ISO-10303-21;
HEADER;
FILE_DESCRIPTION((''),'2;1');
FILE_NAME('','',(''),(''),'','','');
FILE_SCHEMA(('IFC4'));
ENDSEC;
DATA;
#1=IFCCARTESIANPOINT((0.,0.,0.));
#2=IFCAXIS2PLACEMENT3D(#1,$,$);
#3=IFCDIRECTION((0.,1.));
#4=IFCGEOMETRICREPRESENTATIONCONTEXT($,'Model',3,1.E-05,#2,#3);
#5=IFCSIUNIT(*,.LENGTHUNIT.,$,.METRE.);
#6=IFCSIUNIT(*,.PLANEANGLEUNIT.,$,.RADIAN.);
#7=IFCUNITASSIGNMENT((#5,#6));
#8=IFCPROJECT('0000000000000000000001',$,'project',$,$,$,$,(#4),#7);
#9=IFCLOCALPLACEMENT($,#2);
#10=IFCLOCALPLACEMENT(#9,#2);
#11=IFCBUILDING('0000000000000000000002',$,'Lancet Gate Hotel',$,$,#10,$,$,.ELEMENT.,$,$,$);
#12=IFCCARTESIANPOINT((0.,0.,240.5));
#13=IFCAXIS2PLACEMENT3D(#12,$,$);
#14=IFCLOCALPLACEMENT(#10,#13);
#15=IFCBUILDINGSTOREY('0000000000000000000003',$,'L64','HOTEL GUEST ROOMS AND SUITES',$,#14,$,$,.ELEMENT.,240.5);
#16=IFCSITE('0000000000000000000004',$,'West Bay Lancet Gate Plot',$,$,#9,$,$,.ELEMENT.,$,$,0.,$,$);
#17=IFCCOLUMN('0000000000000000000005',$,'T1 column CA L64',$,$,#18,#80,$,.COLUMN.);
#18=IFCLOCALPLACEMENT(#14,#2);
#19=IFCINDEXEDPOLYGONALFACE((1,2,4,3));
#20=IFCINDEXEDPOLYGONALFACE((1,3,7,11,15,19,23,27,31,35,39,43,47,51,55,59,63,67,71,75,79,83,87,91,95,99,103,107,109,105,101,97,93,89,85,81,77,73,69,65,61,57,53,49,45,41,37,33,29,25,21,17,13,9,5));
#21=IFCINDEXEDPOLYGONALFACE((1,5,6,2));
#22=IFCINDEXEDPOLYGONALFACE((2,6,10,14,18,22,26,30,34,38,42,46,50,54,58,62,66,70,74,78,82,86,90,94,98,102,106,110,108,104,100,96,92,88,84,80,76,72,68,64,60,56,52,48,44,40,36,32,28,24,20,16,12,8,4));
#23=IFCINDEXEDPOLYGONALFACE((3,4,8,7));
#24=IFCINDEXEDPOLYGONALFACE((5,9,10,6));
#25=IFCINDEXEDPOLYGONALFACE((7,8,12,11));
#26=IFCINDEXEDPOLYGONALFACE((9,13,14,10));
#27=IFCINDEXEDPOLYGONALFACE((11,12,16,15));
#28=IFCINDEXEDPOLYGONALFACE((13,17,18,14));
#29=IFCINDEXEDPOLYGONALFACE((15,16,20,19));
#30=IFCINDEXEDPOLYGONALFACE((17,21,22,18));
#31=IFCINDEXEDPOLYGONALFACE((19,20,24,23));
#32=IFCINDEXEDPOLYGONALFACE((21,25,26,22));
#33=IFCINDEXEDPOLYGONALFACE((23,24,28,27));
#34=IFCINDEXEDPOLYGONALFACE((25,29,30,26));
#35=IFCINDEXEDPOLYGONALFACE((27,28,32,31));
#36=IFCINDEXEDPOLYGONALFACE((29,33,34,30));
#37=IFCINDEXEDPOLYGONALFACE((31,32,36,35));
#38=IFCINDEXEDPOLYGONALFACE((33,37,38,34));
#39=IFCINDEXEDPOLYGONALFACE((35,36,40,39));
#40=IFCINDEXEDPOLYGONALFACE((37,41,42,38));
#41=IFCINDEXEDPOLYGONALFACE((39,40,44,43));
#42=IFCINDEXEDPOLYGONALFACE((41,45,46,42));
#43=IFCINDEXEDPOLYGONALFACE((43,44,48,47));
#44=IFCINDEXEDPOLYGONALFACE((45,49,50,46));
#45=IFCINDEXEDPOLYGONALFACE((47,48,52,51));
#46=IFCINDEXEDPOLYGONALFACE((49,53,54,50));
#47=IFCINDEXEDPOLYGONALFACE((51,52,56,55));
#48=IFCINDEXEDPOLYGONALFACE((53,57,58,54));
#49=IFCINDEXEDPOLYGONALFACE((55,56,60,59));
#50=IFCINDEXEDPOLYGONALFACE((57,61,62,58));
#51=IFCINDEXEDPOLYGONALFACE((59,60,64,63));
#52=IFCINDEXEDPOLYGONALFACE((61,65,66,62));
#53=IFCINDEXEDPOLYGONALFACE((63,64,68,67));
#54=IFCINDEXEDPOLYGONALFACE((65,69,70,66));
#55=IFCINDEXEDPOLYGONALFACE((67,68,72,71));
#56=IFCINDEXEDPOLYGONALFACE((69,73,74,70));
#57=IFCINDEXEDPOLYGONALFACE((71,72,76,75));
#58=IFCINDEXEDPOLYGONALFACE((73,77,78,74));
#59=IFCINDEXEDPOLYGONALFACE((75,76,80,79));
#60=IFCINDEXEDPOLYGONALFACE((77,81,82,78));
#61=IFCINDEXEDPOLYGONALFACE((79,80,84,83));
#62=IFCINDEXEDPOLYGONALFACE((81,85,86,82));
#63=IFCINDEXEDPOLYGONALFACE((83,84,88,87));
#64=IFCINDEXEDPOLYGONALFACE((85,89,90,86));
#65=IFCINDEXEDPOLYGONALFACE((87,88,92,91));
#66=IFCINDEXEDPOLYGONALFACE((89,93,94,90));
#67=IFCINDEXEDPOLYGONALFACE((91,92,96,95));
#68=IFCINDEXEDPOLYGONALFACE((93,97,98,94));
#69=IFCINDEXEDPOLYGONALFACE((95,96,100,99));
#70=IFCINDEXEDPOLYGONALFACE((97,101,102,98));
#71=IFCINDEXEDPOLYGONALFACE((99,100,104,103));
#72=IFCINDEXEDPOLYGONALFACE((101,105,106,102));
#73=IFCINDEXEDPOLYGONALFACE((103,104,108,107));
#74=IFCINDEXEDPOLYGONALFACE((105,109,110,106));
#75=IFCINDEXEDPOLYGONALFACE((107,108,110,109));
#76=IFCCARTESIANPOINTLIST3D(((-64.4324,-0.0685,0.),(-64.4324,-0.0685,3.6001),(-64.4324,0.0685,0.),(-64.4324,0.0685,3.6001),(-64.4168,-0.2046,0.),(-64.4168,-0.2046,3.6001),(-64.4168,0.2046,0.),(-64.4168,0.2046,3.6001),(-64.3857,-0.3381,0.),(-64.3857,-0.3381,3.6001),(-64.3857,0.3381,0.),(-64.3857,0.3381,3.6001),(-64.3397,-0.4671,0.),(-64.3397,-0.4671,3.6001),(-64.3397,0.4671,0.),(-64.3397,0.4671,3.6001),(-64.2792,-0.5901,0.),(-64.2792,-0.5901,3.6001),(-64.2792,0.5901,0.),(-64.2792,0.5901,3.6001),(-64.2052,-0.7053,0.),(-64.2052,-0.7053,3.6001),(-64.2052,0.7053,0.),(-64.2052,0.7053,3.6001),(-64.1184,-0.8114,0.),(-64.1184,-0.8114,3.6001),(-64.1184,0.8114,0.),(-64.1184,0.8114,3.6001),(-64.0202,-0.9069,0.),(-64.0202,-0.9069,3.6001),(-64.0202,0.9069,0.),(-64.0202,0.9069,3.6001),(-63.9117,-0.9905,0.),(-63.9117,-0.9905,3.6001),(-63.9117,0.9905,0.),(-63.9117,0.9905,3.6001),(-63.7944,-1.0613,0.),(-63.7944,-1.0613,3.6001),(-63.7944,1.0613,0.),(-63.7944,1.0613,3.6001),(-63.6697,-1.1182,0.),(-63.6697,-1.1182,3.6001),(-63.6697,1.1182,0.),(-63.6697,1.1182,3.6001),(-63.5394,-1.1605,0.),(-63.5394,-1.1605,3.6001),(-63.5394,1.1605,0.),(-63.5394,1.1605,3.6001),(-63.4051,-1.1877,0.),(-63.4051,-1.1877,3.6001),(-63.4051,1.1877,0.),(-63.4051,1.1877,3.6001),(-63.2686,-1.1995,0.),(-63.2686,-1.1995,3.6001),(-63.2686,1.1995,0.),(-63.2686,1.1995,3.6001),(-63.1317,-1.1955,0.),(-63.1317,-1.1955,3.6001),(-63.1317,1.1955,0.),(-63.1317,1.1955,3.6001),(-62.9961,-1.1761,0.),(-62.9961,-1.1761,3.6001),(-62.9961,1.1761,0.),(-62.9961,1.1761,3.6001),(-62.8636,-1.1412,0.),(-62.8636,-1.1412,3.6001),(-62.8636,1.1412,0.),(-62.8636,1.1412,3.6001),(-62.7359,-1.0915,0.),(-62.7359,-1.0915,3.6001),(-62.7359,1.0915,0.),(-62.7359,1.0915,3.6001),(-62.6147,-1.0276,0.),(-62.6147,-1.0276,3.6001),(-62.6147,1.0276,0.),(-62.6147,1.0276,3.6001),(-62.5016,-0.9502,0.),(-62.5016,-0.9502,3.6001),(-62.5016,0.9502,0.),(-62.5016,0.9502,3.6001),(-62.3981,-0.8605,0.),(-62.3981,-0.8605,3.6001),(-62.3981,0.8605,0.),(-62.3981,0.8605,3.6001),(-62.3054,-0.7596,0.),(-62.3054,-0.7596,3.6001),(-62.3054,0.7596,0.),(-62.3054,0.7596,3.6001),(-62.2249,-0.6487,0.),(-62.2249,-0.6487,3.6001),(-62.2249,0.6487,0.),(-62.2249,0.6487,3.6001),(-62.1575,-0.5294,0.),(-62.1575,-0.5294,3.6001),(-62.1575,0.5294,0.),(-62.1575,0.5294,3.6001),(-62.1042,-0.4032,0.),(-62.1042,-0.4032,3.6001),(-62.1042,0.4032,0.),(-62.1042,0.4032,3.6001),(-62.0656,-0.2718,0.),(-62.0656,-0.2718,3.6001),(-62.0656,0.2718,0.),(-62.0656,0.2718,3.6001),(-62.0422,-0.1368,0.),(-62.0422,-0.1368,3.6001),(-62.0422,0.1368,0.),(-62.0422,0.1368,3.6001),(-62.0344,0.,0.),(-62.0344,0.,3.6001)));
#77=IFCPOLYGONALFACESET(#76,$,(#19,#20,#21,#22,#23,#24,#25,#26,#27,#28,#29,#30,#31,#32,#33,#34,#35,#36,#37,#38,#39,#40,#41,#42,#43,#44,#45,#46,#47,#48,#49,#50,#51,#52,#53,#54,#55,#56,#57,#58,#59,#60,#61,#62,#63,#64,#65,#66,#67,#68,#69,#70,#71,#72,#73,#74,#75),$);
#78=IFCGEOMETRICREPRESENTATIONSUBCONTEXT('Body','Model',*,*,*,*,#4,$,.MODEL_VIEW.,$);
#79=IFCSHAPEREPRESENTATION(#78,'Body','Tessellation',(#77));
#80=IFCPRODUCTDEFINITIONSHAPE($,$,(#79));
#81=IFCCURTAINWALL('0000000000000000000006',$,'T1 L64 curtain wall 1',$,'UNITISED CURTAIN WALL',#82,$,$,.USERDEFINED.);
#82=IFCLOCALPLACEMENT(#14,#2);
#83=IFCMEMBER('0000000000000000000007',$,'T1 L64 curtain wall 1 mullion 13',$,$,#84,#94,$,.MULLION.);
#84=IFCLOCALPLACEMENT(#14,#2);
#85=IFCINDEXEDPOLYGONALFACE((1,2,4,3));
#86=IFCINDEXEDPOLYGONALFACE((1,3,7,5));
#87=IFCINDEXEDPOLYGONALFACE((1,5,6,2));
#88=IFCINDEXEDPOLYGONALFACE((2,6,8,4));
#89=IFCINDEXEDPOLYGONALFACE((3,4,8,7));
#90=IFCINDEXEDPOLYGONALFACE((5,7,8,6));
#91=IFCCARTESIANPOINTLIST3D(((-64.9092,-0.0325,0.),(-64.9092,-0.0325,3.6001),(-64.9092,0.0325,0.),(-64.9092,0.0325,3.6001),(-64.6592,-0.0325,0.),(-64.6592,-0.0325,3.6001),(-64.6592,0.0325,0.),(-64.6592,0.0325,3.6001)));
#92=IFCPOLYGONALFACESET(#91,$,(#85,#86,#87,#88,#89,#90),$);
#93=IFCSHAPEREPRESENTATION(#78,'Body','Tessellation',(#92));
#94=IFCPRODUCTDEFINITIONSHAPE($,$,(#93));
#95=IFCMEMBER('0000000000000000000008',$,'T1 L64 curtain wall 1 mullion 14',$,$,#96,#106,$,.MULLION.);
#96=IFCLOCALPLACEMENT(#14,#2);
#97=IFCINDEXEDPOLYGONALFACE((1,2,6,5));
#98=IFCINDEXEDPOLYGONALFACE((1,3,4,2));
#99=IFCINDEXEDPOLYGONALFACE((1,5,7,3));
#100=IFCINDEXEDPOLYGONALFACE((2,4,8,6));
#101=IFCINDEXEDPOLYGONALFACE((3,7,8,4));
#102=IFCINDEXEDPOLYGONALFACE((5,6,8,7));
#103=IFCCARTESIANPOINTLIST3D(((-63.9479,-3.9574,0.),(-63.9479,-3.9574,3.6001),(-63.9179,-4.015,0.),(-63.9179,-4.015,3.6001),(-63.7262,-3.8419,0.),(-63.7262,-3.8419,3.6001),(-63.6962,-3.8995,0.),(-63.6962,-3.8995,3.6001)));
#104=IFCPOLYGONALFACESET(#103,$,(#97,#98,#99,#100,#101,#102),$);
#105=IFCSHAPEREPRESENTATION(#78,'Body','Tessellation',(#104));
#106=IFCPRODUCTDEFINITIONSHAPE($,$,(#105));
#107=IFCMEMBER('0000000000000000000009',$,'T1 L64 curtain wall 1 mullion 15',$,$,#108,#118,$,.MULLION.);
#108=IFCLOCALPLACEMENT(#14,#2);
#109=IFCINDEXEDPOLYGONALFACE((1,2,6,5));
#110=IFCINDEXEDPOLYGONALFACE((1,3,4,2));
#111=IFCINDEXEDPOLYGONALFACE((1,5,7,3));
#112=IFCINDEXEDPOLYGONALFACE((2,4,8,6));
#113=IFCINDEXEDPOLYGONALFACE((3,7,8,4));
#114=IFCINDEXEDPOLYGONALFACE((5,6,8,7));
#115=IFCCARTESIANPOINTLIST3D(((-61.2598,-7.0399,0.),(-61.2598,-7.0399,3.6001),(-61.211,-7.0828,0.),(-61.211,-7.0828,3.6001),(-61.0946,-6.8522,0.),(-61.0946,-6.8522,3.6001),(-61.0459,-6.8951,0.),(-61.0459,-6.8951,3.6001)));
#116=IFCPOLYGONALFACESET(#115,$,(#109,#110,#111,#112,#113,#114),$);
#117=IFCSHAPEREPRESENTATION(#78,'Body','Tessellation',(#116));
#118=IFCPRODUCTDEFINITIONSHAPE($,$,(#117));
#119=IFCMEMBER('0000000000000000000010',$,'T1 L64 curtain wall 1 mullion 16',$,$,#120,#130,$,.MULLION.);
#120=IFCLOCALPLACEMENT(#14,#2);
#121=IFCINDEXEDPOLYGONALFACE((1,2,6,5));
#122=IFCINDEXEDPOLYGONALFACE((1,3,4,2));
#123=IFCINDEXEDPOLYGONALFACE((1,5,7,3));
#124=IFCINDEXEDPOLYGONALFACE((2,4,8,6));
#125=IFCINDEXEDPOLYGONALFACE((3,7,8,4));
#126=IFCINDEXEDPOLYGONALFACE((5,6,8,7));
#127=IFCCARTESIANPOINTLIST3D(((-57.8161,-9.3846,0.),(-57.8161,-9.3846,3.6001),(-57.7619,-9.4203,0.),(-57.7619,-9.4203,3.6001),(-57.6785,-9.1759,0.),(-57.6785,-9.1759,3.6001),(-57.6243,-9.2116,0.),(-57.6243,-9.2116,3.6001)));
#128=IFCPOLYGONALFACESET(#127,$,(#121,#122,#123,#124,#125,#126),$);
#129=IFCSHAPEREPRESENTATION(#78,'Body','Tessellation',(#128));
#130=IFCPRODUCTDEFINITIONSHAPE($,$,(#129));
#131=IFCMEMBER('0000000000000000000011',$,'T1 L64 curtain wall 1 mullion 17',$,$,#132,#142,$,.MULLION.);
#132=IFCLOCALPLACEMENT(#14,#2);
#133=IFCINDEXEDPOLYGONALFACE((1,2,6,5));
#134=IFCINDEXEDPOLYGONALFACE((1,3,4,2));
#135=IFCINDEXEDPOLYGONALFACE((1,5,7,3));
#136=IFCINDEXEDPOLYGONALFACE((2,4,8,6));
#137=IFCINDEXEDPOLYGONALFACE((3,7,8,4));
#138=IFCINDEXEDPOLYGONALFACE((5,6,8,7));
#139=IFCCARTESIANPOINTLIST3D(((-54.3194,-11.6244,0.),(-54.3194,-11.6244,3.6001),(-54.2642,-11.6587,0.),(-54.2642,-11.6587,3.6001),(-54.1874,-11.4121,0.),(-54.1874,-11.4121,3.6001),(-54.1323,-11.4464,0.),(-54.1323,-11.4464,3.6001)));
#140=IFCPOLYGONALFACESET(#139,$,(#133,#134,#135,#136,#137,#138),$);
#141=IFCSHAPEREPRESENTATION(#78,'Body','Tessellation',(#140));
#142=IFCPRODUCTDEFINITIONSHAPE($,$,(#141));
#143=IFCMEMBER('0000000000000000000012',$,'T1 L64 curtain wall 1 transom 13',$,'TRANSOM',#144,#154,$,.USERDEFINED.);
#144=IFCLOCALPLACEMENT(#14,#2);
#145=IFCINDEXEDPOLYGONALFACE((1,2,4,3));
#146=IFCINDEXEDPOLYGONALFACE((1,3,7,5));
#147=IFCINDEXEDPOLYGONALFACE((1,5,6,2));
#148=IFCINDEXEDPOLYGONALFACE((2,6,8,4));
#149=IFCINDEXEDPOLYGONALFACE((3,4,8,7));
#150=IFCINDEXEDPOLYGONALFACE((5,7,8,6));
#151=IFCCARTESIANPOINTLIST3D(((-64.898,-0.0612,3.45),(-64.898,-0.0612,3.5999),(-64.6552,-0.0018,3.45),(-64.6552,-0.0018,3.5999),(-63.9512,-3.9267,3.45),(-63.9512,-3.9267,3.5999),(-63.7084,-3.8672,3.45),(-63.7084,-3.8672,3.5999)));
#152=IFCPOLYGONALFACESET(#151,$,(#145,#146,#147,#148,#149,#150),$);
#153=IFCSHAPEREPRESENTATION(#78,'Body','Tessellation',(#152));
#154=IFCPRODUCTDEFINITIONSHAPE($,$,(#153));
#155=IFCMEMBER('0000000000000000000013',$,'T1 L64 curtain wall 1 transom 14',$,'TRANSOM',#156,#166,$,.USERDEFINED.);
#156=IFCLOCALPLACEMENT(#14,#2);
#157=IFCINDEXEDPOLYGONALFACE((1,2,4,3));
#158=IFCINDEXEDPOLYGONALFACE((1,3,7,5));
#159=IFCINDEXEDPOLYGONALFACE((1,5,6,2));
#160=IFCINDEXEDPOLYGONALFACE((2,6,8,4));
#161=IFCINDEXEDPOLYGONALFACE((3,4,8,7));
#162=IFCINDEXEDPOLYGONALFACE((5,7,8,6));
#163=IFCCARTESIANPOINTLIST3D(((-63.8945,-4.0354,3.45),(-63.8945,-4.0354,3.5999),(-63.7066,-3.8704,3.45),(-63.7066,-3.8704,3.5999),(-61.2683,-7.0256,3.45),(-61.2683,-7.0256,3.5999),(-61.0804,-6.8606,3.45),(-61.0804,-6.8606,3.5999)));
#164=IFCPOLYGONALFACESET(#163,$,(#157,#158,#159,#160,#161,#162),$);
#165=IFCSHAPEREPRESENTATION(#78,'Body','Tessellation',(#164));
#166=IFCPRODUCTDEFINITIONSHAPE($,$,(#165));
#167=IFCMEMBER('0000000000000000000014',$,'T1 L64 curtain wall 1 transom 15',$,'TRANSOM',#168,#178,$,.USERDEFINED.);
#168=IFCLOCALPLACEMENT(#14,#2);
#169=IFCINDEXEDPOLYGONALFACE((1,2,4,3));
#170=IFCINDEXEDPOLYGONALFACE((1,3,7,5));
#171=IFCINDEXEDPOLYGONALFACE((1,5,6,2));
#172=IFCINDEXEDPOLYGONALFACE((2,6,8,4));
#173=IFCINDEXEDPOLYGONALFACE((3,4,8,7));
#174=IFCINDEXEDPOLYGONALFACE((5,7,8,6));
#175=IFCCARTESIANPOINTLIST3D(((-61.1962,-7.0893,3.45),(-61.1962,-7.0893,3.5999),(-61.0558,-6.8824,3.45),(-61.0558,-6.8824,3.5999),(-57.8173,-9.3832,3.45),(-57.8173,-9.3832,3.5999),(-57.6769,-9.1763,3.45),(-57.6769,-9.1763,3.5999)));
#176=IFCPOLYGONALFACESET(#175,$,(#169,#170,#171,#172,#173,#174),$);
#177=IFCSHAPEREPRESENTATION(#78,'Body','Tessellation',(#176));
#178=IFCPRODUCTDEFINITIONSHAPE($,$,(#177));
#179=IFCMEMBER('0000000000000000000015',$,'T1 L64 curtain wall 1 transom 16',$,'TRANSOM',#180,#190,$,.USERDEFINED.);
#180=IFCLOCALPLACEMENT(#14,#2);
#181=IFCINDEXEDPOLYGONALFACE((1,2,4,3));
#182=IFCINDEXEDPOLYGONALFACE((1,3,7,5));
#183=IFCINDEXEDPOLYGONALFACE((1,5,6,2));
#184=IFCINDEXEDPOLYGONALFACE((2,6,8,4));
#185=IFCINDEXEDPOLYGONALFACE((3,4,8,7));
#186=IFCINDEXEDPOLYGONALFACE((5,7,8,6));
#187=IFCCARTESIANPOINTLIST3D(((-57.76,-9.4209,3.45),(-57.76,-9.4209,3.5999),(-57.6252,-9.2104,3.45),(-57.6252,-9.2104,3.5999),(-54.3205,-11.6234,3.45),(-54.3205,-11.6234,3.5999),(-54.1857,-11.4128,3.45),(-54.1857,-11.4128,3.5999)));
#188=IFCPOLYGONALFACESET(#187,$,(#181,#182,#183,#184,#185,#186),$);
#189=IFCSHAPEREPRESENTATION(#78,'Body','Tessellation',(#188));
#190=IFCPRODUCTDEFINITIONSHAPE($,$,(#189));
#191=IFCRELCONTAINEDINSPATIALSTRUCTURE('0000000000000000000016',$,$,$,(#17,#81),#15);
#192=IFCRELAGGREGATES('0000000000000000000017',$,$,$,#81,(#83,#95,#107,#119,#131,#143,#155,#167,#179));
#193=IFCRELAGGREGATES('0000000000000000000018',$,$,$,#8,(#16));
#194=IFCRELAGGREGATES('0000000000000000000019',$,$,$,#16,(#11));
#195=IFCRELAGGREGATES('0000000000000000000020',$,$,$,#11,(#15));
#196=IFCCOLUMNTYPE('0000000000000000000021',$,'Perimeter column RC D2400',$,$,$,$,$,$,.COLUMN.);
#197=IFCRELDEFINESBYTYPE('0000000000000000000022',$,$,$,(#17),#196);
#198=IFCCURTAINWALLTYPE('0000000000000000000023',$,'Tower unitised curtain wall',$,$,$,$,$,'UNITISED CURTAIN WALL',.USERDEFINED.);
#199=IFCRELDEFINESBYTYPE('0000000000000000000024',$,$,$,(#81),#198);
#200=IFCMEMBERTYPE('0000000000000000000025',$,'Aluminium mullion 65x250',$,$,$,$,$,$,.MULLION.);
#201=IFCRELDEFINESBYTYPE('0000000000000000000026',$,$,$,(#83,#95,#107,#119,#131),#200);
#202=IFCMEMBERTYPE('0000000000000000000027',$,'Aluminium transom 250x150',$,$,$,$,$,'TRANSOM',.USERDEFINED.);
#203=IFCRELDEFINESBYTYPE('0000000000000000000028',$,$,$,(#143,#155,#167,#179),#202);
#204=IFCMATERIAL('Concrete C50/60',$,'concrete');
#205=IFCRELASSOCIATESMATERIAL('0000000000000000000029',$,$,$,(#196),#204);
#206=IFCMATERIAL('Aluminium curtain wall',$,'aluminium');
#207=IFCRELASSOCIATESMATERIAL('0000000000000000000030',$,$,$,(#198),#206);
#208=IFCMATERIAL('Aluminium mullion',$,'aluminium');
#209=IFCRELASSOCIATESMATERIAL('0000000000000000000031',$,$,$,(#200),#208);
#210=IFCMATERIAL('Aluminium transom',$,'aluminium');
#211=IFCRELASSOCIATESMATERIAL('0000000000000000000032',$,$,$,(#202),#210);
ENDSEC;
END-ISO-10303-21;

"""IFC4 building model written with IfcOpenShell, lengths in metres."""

from ifc_helpers import new_model, si_unit, direction, frame, origin, origin_2d, place, context, subcontext, project, spatial, rectangle, circle, extrude, material, material_profile, profile_set, type_object, element, aggregate, save


model = new_model("IFC4")

# Units and contexts
model_context = context("Model", 3, precision=1e-05, world=origin(), true_north=direction((0.0, 1.0)))
body_context = subcontext(model_context, "Body", "Model", "MODEL_VIEW")
ifc_project = project(units=[si_unit("LENGTHUNIT", "METRE"), si_unit("PLANEANGLEUNIT", "RADIAN")], contexts=[model_context])

# Site, building, storey
site_placement = place(None, origin())
site = spatial("IfcSite", under=ifc_project, at=site_placement, Name="West Bay Lancet Gate Plot", CompositionType="ELEMENT", RefElevation=0.0)
building_placement = place(site_placement, origin())
building = spatial("IfcBuilding", under=site, at=building_placement, Name="Lancet Gate Hotel", CompositionType="ELEMENT")
storey_placement = place(building_placement, frame((0.0, 0.0, 240.5)))
storey = spatial("IfcBuildingStorey", under=building, at=storey_placement, Name="L64", Description="HOTEL GUEST ROOMS AND SUITES", CompositionType="ELEMENT", Elevation=240.5)

# Column
ifc_material_1 = material(Name="Concrete C50/60", Category="concrete")
ifc_material_profile_1 = material_profile(ifc_material_1, circle(Radius=1.2, at=origin_2d()), Name="RC D2400")
ifc_profile_set_1 = profile_set([ifc_material_profile_1], Name="Concrete C50/60")
column_type = type_object("IfcColumnType", Name="Perimeter column RC D2400", PredefinedType="COLUMN", material=ifc_profile_set_1)
column_placement = place(storey_placement, frame((-63.2344, 0.0, 0.0), z_axis=(0.0, 0.0, 1.0), x_axis=(1.0, 0.0, 0.0)))
element("IfcColumn", 1, at=column_placement, inside=storey, type_object=column_type, Name="T1 column CA L64", PredefinedType="COLUMN", context=body_context, shape_type="SweptSolid", body=[
    extrude(circle(Radius=1.2, at=origin_2d()), origin(), (0.0, 0.0, 1.0), 3.6001),
])

# Curtain wall, members
ifc_material_2 = material(Name="Aluminium curtain wall", Category="aluminium")
curtain_wall_type = type_object("IfcCurtainWallType", Name="Tower unitised curtain wall", ElementType="UNITISED CURTAIN WALL", PredefinedType="USERDEFINED", material=ifc_material_2)
curtain_wall_placement = place(storey_placement, origin())
curtain_wall = element("IfcCurtainWall", 2, at=curtain_wall_placement, inside=storey, type_object=curtain_wall_type, Name="T1 L64 curtain wall 1", ObjectType="UNITISED CURTAIN WALL", PredefinedType="USERDEFINED")
ifc_material_3 = material(Name="Aluminium mullion", Category="aluminium")
ifc_material_profile_2 = material_profile(ifc_material_3, rectangle(XDim=0.0649, YDim=0.25, at=origin_2d()), Name="MULLION 65x250")
ifc_profile_set_2 = profile_set([ifc_material_profile_2], Name="Aluminium mullion")
member_type_1 = type_object("IfcMemberType", Name="Aluminium mullion 65x250", PredefinedType="MULLION", material=ifc_profile_set_2)
member_1_placement = place(storey_placement, frame((-64.7842, 0.0, 0.0), z_axis=(0.0, 0.0, 1.0), x_axis=(0.0, -1.0, 0.0)))
member_1 = element("IfcMember", 3, at=member_1_placement, type_object=member_type_1, Name="T1 L64 curtain wall 1 mullion 13", PredefinedType="MULLION", context=body_context, shape_type="SweptSolid", body=[
    extrude(rectangle(XDim=0.0649, YDim=0.25, at=origin_2d()), origin(), (0.0, 0.0, 1.0), 3.6001),
])
member_2_placement = place(storey_placement, frame((-63.822, -3.9285, 0.0), z_axis=(0.0, 0.0, 1.0), x_axis=(0.462178, -0.886787, 0.0)))
member_2 = element("IfcMember", 4, at=member_2_placement, type_object=member_type_1, Name="T1 L64 curtain wall 1 mullion 14", PredefinedType="MULLION", context=body_context, shape_type="SweptSolid", body=[
    extrude(rectangle(XDim=0.0649, YDim=0.25, at=origin_2d()), origin(), (0.0, 0.0, 1.0), 3.6001),
])
member_3_placement = place(storey_placement, frame((-61.1528, -6.9675, 0.0), z_axis=(0.0, 0.0, 1.0), x_axis=(0.750716, -0.660626, 0.0)))
member_3 = element("IfcMember", 5, at=member_3_placement, type_object=member_type_1, Name="T1 L64 curtain wall 1 mullion 15", PredefinedType="MULLION", context=body_context, shape_type="SweptSolid", body=[
    extrude(rectangle(XDim=0.0649, YDim=0.25, at=origin_2d()), origin(), (0.0, 0.0, 1.0), 3.6001),
])
member_4_placement = place(storey_placement, frame((-57.7202, -9.2981, 0.0), z_axis=(0.0, 0.0, 1.0), x_axis=(0.834827, -0.550512, 0.0)))
member_4 = element("IfcMember", 6, at=member_4_placement, type_object=member_type_1, Name="T1 L64 curtain wall 1 mullion 16", PredefinedType="MULLION", context=body_context, shape_type="SweptSolid", body=[
    extrude(rectangle(XDim=0.0649, YDim=0.25, at=origin_2d()), origin(), (0.0, 0.0, 1.0), 3.6001),
])
member_5_placement = place(storey_placement, frame((-54.2258, -11.5354, 0.0), z_axis=(0.0, 0.0, 1.0), x_axis=(0.849342, -0.527842, 0.0)))
member_5 = element("IfcMember", 7, at=member_5_placement, type_object=member_type_1, Name="T1 L64 curtain wall 1 mullion 17", PredefinedType="MULLION", context=body_context, shape_type="SweptSolid", body=[
    extrude(rectangle(XDim=0.0649, YDim=0.25, at=origin_2d()), origin(), (0.0, 0.0, 1.0), 3.6001),
])
ifc_material_4 = material(Name="Aluminium transom", Category="aluminium")
ifc_material_profile_3 = material_profile(ifc_material_4, rectangle(XDim=0.25, YDim=0.1499, at=origin_2d()), Name="TRANSOM 250x150")
ifc_profile_set_3 = profile_set([ifc_material_profile_3], Name="Aluminium transom")
member_type_2 = type_object("IfcMemberType", Name="Aluminium transom 250x150", ElementType="TRANSOM", PredefinedType="USERDEFINED", material=ifc_profile_set_3)
member_6_placement = place(storey_placement, frame((-64.7766, -0.0315, 3.5249), z_axis=(0.237899, -0.97129, 0.0), x_axis=(0.97129, 0.237899, 0.0)))
member_6 = element("IfcMember", 8, at=member_6_placement, type_object=member_type_2, Name="T1 L64 curtain wall 1 transom 13", ObjectType="TRANSOM", PredefinedType="USERDEFINED", context=body_context, shape_type="SweptSolid", body=[
    extrude(rectangle(XDim=0.25, YDim=0.1499, at=origin_2d()), origin(), (0.0, 0.0, 1.0), 3.9797),
])
member_7_placement = place(storey_placement, frame((-63.8005, -3.9529, 3.5249), z_axis=(0.659893, -0.751359, 0.0), x_axis=(0.751359, 0.659893, 0.0)))
member_7 = element("IfcMember", 9, at=member_7_placement, type_object=member_type_2, Name="T1 L64 curtain wall 1 transom 14", ObjectType="TRANSOM", PredefinedType="USERDEFINED", context=body_context, shape_type="SweptSolid", body=[
    extrude(rectangle(XDim=0.25, YDim=0.1499, at=origin_2d()), origin(), (0.0, 0.0, 1.0), 3.9797),
])
member_8_placement = place(storey_placement, frame((-61.126, -6.9858, 3.5249), z_axis=(0.827349, -0.561689, 0.0), x_axis=(0.561689, 0.827349, 0.0)))
member_8 = element("IfcMember", 10, at=member_8_placement, type_object=member_type_2, Name="T1 L64 curtain wall 1 transom 15", ObjectType="TRANSOM", PredefinedType="USERDEFINED", context=body_context, shape_type="SweptSolid", body=[
    extrude(rectangle(XDim=0.25, YDim=0.1499, at=origin_2d()), origin(), (0.0, 0.0, 1.0), 4.084),
])
member_9_placement = place(storey_placement, frame((-57.6926, -9.3157, 3.5249), z_axis=(0.842144, -0.539252, 0.0), x_axis=(0.539252, 0.842144, 0.0)))
member_9 = element("IfcMember", 11, at=member_9_placement, type_object=member_type_2, Name="T1 L64 curtain wall 1 transom 16", ObjectType="TRANSOM", PredefinedType="USERDEFINED", context=body_context, shape_type="SweptSolid", body=[
    extrude(rectangle(XDim=0.25, YDim=0.1499, at=origin_2d()), origin(), (0.0, 0.0, 1.0), 4.0842),
])

aggregate(curtain_wall, [member_1, member_2, member_3, member_4, member_5, member_6, member_7, member_8, member_9])

save(model, "model.ifc")
